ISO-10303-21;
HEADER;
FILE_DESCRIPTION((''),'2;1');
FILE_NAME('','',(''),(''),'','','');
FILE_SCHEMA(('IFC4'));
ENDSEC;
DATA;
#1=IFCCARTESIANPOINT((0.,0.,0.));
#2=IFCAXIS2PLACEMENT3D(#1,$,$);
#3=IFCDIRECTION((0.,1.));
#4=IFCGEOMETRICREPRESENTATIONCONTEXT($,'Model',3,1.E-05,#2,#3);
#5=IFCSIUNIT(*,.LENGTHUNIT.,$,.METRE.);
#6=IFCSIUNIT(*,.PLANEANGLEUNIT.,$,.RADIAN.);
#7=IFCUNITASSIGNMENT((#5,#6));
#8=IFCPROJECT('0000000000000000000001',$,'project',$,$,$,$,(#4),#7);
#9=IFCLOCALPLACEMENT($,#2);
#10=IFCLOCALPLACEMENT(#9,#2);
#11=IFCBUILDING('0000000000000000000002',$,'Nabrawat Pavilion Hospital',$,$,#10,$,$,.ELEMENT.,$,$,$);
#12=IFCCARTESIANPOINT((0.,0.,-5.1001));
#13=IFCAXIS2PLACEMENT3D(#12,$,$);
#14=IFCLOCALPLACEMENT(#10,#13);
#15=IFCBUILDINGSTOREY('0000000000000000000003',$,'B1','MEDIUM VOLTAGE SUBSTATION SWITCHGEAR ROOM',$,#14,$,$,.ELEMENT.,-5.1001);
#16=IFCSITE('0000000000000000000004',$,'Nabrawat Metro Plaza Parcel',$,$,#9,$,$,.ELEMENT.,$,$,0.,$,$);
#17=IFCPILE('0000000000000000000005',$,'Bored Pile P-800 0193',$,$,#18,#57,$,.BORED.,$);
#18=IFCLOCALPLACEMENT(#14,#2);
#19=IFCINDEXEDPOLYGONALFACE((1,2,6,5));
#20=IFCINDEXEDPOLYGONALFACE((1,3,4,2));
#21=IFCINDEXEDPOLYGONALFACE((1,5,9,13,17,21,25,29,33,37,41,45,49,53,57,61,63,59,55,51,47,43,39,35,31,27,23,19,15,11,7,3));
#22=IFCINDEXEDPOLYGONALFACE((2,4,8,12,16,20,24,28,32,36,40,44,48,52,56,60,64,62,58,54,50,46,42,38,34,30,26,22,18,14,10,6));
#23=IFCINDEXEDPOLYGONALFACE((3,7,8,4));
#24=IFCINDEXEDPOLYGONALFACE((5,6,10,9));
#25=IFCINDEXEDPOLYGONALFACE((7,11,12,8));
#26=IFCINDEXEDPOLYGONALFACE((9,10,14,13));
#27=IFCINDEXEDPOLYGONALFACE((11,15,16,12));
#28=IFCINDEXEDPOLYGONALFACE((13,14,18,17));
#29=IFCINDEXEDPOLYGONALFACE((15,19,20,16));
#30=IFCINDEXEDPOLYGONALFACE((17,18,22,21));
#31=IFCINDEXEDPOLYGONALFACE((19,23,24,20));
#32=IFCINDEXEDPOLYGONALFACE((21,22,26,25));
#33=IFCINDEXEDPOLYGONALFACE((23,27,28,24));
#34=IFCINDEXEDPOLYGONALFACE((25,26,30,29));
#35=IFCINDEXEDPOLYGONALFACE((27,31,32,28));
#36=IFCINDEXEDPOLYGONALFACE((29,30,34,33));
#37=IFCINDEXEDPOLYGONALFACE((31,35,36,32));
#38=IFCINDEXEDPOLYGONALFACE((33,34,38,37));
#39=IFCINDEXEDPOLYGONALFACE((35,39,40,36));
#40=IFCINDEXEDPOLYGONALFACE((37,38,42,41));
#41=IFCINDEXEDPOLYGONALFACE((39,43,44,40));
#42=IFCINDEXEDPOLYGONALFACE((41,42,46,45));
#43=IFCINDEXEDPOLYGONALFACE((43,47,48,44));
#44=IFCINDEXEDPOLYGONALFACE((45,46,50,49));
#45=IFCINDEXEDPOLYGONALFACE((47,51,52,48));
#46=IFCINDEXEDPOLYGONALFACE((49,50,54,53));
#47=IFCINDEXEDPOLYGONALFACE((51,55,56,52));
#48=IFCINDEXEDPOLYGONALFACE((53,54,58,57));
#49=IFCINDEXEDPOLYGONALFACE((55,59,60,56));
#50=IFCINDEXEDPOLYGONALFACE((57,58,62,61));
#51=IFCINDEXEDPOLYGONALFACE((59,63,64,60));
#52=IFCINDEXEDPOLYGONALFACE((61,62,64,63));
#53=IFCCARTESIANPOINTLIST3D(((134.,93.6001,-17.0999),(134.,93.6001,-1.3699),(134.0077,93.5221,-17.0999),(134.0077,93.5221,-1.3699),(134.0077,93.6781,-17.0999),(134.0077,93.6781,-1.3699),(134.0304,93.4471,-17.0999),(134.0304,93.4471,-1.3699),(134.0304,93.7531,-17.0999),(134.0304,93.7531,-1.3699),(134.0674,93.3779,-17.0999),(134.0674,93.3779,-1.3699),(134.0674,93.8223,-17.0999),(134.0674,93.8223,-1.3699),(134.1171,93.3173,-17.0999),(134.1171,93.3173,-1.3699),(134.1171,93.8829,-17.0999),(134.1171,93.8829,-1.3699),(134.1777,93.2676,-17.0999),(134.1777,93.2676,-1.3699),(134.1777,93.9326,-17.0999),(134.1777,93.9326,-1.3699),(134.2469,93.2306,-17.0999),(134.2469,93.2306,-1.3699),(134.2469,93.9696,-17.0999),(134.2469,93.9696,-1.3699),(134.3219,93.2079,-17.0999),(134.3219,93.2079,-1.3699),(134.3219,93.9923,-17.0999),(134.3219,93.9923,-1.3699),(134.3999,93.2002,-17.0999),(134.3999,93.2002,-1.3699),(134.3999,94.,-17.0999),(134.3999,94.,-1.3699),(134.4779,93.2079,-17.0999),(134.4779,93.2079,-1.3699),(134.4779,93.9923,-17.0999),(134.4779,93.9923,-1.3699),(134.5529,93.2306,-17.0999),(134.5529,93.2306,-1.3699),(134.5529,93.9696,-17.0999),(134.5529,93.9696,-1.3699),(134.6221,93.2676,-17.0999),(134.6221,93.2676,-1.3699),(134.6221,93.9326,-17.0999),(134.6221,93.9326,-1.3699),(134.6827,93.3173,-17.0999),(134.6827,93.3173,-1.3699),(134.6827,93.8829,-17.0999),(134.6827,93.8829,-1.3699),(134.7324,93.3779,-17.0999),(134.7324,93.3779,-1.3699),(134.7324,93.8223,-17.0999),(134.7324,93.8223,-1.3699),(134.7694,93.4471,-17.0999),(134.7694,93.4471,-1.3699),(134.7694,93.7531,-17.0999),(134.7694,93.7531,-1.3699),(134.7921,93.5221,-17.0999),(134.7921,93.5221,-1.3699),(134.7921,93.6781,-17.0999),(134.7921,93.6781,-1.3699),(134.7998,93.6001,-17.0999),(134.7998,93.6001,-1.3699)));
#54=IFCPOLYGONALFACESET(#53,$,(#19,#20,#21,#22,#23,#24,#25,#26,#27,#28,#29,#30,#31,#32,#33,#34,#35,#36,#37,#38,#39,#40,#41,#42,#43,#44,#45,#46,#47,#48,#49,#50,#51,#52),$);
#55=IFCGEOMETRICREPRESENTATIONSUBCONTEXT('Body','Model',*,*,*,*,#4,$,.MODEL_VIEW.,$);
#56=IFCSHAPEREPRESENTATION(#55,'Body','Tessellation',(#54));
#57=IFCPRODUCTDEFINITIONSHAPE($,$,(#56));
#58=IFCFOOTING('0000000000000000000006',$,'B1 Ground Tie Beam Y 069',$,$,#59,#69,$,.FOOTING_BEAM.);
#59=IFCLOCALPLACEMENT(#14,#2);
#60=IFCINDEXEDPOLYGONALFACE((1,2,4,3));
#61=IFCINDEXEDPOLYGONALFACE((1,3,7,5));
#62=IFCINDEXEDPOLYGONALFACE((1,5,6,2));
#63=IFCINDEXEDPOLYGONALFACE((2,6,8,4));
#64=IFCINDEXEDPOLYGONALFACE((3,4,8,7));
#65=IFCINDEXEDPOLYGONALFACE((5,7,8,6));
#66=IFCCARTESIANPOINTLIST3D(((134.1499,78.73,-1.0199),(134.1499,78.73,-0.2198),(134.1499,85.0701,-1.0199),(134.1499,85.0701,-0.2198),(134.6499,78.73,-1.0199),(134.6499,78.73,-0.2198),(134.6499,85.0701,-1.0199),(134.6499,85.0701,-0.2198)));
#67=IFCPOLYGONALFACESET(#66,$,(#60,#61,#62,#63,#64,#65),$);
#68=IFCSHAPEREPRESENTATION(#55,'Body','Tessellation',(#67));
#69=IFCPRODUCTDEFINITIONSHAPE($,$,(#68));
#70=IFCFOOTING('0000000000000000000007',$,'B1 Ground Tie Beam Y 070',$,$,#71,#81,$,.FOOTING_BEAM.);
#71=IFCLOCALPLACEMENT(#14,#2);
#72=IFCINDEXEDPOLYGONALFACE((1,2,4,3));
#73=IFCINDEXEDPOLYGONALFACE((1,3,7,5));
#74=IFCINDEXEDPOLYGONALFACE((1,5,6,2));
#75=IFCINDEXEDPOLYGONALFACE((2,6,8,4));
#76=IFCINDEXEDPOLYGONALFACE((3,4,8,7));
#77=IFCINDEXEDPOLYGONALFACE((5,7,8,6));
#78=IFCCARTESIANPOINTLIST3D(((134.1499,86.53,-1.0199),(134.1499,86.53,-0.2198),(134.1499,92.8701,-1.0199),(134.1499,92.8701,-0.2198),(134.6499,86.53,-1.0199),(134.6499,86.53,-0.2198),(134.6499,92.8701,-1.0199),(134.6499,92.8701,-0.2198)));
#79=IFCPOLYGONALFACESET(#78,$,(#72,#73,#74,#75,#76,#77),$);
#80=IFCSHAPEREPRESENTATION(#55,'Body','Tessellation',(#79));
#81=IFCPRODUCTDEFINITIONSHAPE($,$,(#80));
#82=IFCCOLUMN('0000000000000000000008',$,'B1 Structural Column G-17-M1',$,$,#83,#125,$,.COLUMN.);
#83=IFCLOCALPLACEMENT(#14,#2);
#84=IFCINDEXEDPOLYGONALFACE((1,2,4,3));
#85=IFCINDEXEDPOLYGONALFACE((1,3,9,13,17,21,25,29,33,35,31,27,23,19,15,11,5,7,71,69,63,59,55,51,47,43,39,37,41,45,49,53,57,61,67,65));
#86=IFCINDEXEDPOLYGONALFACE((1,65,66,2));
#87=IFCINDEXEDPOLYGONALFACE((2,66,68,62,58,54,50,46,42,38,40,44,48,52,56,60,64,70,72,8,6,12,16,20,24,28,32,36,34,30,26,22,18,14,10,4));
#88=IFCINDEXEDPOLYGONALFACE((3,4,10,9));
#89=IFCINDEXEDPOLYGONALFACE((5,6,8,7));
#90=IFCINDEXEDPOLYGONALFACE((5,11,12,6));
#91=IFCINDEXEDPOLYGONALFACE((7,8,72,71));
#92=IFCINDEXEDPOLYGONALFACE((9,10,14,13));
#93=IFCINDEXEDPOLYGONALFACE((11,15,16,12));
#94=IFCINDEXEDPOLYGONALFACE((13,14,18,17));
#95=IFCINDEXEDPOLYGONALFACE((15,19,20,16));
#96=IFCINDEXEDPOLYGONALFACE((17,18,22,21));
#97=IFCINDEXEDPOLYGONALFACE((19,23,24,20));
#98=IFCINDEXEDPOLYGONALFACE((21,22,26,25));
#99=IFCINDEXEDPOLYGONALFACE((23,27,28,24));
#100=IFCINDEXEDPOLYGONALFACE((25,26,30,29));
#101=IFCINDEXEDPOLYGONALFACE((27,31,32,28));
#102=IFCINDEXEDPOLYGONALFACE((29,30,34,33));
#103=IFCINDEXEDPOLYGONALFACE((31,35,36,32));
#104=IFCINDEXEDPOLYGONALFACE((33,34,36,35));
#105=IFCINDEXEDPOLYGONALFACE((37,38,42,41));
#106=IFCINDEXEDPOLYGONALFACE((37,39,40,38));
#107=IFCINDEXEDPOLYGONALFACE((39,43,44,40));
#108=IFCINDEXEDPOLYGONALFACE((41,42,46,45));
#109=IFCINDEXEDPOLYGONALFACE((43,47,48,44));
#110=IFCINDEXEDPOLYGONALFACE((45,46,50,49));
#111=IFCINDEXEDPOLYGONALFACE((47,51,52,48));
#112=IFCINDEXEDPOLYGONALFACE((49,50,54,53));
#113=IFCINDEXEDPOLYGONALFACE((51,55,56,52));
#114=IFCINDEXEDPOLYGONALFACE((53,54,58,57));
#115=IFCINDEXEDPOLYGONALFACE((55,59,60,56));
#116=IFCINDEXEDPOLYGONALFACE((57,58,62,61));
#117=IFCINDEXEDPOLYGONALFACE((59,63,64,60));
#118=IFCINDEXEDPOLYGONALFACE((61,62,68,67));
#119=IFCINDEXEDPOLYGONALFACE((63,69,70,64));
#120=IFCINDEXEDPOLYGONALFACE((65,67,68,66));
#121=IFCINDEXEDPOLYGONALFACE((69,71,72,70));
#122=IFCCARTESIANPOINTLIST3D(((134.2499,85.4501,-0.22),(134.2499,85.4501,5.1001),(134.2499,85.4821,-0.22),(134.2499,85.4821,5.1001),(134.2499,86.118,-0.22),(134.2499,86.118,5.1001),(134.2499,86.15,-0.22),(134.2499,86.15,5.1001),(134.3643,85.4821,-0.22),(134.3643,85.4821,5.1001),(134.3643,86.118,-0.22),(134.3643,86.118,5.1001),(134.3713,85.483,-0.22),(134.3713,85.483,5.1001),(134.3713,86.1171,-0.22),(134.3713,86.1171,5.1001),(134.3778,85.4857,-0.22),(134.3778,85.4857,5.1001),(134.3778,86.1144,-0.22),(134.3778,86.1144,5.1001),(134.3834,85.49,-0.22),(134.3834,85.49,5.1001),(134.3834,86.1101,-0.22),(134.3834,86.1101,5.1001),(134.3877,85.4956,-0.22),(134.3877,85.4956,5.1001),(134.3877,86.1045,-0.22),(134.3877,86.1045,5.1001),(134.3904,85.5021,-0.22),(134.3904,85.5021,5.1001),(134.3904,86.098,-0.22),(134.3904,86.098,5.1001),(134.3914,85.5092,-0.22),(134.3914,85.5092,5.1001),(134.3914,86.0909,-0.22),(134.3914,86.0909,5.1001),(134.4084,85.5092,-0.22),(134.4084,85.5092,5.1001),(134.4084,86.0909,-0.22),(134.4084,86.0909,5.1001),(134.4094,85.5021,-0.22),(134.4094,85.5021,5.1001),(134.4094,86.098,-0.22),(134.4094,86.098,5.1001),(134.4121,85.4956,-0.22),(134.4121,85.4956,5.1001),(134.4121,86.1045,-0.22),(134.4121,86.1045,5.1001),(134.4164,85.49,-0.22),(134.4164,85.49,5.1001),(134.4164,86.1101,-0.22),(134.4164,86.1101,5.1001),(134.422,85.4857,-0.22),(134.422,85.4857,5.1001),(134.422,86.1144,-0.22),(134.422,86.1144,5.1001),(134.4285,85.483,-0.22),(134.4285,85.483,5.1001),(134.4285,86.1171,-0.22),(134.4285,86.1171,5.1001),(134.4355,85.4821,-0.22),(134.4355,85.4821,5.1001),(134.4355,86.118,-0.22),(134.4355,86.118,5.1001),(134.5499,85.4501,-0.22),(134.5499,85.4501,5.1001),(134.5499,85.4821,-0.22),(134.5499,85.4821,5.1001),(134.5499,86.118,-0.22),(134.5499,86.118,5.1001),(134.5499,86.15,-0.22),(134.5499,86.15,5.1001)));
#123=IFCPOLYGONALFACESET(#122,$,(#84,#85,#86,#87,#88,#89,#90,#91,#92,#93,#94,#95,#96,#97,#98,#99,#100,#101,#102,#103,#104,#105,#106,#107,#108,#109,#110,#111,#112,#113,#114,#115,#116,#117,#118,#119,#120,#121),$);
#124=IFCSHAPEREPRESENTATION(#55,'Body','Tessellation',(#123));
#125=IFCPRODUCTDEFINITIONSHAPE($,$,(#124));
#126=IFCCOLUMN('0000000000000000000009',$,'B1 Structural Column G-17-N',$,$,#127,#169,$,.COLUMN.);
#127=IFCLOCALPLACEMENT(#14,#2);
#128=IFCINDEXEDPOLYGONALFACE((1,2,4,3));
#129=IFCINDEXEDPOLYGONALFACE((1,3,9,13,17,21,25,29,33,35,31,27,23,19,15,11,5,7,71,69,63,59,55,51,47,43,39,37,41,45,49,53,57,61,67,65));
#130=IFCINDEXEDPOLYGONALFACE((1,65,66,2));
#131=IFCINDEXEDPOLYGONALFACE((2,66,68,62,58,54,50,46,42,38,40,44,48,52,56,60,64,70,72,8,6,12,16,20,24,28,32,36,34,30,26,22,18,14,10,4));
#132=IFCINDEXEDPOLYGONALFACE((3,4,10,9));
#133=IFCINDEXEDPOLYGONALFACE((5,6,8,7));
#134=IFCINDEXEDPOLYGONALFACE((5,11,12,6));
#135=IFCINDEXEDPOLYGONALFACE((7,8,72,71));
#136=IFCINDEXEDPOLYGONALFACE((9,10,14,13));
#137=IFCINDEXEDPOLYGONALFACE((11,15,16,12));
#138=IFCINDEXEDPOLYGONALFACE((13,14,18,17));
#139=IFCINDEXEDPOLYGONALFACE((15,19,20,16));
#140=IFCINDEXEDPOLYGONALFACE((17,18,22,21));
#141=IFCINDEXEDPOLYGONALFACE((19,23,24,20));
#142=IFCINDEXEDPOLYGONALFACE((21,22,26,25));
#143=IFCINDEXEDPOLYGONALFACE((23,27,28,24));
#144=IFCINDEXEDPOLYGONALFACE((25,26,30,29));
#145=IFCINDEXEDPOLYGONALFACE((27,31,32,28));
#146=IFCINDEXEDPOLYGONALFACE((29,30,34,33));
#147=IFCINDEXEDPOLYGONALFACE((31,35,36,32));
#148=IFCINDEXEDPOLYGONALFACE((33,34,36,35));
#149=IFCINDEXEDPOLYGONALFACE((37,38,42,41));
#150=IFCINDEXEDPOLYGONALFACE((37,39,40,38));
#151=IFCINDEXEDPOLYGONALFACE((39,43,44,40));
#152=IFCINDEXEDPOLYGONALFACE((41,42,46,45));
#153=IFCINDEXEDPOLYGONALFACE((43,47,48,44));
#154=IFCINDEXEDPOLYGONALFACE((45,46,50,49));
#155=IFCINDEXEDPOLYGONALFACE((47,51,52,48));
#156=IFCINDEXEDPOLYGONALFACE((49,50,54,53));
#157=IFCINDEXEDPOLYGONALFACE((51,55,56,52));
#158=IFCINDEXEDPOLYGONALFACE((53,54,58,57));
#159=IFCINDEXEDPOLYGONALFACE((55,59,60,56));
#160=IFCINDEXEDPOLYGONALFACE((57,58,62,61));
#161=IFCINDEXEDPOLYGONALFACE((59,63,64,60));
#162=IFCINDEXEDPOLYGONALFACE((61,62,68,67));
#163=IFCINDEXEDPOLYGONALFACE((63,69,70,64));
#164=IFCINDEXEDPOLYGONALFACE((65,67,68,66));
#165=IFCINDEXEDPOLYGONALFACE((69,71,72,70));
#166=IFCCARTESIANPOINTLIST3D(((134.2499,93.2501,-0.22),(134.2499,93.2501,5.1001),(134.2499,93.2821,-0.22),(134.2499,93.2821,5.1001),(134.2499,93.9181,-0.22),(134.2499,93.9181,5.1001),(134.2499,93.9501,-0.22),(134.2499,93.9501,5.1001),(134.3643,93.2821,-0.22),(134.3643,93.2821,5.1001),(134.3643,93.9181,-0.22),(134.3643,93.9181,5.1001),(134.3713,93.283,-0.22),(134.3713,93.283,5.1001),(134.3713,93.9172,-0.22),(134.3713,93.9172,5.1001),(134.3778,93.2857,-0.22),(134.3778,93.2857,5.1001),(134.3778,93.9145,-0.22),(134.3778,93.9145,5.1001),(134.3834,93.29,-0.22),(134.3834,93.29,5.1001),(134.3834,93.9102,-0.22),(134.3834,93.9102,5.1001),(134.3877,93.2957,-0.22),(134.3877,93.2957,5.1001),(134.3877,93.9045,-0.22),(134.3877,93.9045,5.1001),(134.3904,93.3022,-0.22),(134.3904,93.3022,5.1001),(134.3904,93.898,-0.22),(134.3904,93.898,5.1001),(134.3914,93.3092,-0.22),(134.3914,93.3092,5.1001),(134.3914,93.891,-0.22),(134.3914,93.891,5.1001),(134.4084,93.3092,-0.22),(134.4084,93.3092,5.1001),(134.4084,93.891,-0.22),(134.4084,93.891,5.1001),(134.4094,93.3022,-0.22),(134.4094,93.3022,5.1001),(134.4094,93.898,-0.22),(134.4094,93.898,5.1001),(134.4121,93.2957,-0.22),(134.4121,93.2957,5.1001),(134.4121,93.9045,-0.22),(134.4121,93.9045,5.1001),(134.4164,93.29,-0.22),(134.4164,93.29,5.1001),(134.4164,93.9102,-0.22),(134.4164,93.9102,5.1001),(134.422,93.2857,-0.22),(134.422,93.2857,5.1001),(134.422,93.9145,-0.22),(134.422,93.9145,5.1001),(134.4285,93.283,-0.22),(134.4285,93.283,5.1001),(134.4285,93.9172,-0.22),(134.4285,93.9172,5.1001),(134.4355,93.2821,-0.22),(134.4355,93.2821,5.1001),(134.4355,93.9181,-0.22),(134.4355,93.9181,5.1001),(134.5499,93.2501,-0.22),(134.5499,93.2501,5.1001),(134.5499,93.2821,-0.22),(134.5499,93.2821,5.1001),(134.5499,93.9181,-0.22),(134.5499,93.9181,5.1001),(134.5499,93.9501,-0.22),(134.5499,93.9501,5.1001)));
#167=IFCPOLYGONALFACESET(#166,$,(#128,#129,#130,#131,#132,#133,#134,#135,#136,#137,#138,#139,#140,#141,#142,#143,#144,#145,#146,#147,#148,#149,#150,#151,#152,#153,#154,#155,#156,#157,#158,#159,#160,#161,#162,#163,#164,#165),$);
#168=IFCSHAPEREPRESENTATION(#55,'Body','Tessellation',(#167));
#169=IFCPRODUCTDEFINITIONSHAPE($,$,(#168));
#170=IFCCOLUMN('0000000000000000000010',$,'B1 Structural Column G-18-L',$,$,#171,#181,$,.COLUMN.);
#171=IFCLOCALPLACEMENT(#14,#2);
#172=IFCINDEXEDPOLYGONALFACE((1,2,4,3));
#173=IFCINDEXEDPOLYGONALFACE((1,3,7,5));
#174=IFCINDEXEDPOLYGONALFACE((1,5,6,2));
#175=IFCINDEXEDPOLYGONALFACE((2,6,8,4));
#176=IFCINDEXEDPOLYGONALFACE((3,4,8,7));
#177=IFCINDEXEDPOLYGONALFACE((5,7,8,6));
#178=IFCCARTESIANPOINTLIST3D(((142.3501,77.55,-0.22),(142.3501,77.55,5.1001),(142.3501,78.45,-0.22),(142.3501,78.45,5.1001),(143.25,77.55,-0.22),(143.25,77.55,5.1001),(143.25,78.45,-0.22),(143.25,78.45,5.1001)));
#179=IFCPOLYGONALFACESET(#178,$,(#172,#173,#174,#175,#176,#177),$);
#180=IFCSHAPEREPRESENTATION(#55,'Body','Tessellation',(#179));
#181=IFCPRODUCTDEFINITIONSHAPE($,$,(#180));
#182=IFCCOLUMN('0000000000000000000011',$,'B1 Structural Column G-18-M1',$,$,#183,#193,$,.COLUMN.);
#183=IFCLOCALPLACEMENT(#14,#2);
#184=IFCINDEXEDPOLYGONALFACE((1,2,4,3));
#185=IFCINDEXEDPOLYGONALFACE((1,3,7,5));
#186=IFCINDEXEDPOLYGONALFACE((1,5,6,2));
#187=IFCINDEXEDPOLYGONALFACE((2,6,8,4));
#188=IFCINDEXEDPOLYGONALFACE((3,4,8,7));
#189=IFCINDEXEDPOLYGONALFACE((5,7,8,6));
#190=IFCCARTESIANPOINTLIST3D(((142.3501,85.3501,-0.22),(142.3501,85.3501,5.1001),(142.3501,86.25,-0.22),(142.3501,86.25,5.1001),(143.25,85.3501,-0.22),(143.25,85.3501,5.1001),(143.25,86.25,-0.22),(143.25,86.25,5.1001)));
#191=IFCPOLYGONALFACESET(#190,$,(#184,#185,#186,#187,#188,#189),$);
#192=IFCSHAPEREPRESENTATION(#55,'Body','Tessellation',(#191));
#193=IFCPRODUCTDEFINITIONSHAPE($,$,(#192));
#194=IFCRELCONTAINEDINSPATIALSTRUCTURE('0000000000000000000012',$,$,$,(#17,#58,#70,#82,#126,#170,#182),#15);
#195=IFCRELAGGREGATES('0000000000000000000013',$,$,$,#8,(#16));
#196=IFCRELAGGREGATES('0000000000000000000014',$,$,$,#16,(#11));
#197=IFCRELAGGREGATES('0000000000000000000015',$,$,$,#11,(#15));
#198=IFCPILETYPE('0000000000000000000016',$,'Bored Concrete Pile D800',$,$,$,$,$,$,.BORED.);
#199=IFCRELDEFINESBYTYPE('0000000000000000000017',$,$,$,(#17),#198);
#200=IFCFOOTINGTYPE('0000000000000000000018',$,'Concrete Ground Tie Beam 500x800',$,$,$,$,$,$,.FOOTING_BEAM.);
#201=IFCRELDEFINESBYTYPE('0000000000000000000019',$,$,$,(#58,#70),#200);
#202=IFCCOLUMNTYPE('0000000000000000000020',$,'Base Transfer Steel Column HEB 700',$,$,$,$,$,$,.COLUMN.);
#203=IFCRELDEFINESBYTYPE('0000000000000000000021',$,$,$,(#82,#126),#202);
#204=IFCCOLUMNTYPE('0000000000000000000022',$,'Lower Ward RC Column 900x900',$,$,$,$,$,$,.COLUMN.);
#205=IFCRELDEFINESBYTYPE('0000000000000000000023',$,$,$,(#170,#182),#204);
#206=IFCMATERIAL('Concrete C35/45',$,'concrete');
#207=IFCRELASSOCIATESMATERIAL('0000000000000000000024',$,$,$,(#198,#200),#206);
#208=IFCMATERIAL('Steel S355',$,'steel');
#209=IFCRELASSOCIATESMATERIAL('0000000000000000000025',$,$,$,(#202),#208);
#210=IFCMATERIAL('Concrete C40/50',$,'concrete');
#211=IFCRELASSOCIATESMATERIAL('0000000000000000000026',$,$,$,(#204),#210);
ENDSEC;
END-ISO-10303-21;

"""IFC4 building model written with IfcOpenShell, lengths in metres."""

from ifc_helpers import new_model, si_unit, direction, frame, origin, origin_2d, place, context, subcontext, project, spatial, rectangle, circle, i_section, extrude, material, material_profile, profile_set, type_object, element, save


model = new_model("IFC4")

# Units and contexts
model_context = context("Model", 3, precision=1e-05, world=origin(), true_north=direction((0.0, 1.0)))
body_context = subcontext(model_context, "Body", "Model", "MODEL_VIEW")
ifc_project = project(units=[si_unit("LENGTHUNIT", "METRE"), si_unit("PLANEANGLEUNIT", "RADIAN")], contexts=[model_context])

# Site, building, storey
site_placement = place(None, origin())
site = spatial("IfcSite", under=ifc_project, at=site_placement, Name="Nabrawat Metro Plaza Parcel", CompositionType="ELEMENT", RefElevation=0.0)
building_placement = place(site_placement, origin())
building = spatial("IfcBuilding", under=site, at=building_placement, Name="Nabrawat Pavilion Hospital", CompositionType="ELEMENT")
storey_placement = place(building_placement, frame((0.0, 0.0, -5.1001)))
storey = spatial("IfcBuildingStorey", under=building, at=storey_placement, Name="B1", Description="MEDIUM VOLTAGE SUBSTATION SWITCHGEAR ROOM", CompositionType="ELEMENT", Elevation=-5.1001)

# Pile
ifc_material_1 = material(Name="Concrete C35/45", Category="concrete")
ifc_material_profile_1 = material_profile(ifc_material_1, circle(Radius=0.3999, at=origin_2d()), Name="DIA 800")
ifc_profile_set_1 = profile_set([ifc_material_profile_1], Name="Concrete C35/45")
pile_type_1 = type_object("IfcPileType", Name="Bored Concrete Pile D800", PredefinedType="BORED", material=ifc_profile_set_1)
for number, where, z_axis, x_axis, name in (
    (1, (134.3999, 93.6001, -1.3699), (0.0, 0.0, -1.0), (1.0, 0.0, 0.0), "Bored Pile P-800 0193"),
):
    element("IfcPile", number, at=place(storey_placement, frame(where, z_axis=z_axis, x_axis=x_axis)), inside=storey, type_object=pile_type_1, Name=name, PredefinedType="BORED", context=body_context, shape_type="SweptSolid", body=[
        extrude(circle(Radius=0.3999, at=origin_2d()), origin(), (0.0, 0.0, 1.0), 15.73),
    ])

# Footings
ifc_material_profile_2 = material_profile(ifc_material_1, rectangle(XDim=0.5, YDim=0.8, at=origin_2d()), Name="RC 500x800")
ifc_profile_set_2 = profile_set([ifc_material_profile_2], Name="Concrete C35/45")
footing_type = type_object("IfcFootingType", Name="Concrete Ground Tie Beam 500x800", PredefinedType="FOOTING_BEAM", material=ifc_profile_set_2)
for number, where, z_axis, x_axis, name in (
    (2, (134.3999, 78.73, -0.6199), (0.0, 1.0, 0.0), (-1.0, 0.0, 0.0), "B1 Ground Tie Beam Y 069"),
    (3, (134.3999, 86.53, -0.6199), (0.0, 1.0, 0.0), (-1.0, 0.0, 0.0), "B1 Ground Tie Beam Y 070"),
):
    element("IfcFooting", number, at=place(storey_placement, frame(where, z_axis=z_axis, x_axis=x_axis)), inside=storey, type_object=footing_type, Name=name, PredefinedType="FOOTING_BEAM", context=body_context, shape_type="SweptSolid", body=[
        extrude(rectangle(XDim=0.5, YDim=0.8, at=origin_2d()), origin(), (0.0, 0.0, 1.0), 6.3401),
    ])

# Columns
ifc_material_2 = material(Name="Steel S355", Category="steel")
ifc_material_profile_3 = material_profile(ifc_material_2, i_section(OverallWidth=0.3, OverallDepth=0.7, WebThickness=0.0171, FlangeThickness=0.032, FilletRadius=0.0271, at=origin_2d()), Name="HEB 700")
ifc_profile_set_3 = profile_set([ifc_material_profile_3], Name="Steel S355")
column_type_1 = type_object("IfcColumnType", Name="Base Transfer Steel Column HEB 700", PredefinedType="COLUMN", material=ifc_profile_set_3)
for number, where, z_axis, x_axis, name in (
    (4, (134.3999, 85.8, -0.22), (0.0, 0.0, 1.0), (1.0, 0.0, 0.0), "B1 Structural Column G-17-M1"),
    (5, (134.3999, 93.6001, -0.22), (0.0, 0.0, 1.0), (1.0, 0.0, 0.0), "B1 Structural Column G-17-N"),
):
    element("IfcColumn", number, at=place(storey_placement, frame(where, z_axis=z_axis, x_axis=x_axis)), inside=storey, type_object=column_type_1, Name=name, PredefinedType="COLUMN", context=body_context, shape_type="SweptSolid", body=[
        extrude(i_section(OverallWidth=0.3, OverallDepth=0.7, WebThickness=0.0171, FlangeThickness=0.032, FilletRadius=0.0271, at=origin_2d()), origin(), (0.0, 0.0, 1.0), 5.3201),
    ])
ifc_material_3 = material(Name="Concrete C40/50", Category="concrete")
ifc_material_profile_4 = material_profile(ifc_material_3, rectangle(XDim=0.8999, YDim=0.8999, at=origin_2d()), Name="RC 900x900")
ifc_profile_set_4 = profile_set([ifc_material_profile_4], Name="Concrete C40/50")
column_type_2 = type_object("IfcColumnType", Name="Lower Ward RC Column 900x900", PredefinedType="COLUMN", material=ifc_profile_set_4)
for number, where, z_axis, x_axis, name in (
    (6, (142.8, 78.0, -0.22), (0.0, 0.0, 1.0), (1.0, 0.0, 0.0), "B1 Structural Column G-18-L"),
    (7, (142.8, 85.8, -0.22), (0.0, 0.0, 1.0), (1.0, 0.0, 0.0), "B1 Structural Column G-18-M1"),
):
    element("IfcColumn", number, at=place(storey_placement, frame(where, z_axis=z_axis, x_axis=x_axis)), inside=storey, type_object=column_type_2, Name=name, PredefinedType="COLUMN", context=body_context, shape_type="SweptSolid", body=[
        extrude(rectangle(XDim=0.8999, YDim=0.8999, at=origin_2d()), origin(), (0.0, 0.0, 1.0), 5.3201),
    ])

save(model, "model.ifc")
